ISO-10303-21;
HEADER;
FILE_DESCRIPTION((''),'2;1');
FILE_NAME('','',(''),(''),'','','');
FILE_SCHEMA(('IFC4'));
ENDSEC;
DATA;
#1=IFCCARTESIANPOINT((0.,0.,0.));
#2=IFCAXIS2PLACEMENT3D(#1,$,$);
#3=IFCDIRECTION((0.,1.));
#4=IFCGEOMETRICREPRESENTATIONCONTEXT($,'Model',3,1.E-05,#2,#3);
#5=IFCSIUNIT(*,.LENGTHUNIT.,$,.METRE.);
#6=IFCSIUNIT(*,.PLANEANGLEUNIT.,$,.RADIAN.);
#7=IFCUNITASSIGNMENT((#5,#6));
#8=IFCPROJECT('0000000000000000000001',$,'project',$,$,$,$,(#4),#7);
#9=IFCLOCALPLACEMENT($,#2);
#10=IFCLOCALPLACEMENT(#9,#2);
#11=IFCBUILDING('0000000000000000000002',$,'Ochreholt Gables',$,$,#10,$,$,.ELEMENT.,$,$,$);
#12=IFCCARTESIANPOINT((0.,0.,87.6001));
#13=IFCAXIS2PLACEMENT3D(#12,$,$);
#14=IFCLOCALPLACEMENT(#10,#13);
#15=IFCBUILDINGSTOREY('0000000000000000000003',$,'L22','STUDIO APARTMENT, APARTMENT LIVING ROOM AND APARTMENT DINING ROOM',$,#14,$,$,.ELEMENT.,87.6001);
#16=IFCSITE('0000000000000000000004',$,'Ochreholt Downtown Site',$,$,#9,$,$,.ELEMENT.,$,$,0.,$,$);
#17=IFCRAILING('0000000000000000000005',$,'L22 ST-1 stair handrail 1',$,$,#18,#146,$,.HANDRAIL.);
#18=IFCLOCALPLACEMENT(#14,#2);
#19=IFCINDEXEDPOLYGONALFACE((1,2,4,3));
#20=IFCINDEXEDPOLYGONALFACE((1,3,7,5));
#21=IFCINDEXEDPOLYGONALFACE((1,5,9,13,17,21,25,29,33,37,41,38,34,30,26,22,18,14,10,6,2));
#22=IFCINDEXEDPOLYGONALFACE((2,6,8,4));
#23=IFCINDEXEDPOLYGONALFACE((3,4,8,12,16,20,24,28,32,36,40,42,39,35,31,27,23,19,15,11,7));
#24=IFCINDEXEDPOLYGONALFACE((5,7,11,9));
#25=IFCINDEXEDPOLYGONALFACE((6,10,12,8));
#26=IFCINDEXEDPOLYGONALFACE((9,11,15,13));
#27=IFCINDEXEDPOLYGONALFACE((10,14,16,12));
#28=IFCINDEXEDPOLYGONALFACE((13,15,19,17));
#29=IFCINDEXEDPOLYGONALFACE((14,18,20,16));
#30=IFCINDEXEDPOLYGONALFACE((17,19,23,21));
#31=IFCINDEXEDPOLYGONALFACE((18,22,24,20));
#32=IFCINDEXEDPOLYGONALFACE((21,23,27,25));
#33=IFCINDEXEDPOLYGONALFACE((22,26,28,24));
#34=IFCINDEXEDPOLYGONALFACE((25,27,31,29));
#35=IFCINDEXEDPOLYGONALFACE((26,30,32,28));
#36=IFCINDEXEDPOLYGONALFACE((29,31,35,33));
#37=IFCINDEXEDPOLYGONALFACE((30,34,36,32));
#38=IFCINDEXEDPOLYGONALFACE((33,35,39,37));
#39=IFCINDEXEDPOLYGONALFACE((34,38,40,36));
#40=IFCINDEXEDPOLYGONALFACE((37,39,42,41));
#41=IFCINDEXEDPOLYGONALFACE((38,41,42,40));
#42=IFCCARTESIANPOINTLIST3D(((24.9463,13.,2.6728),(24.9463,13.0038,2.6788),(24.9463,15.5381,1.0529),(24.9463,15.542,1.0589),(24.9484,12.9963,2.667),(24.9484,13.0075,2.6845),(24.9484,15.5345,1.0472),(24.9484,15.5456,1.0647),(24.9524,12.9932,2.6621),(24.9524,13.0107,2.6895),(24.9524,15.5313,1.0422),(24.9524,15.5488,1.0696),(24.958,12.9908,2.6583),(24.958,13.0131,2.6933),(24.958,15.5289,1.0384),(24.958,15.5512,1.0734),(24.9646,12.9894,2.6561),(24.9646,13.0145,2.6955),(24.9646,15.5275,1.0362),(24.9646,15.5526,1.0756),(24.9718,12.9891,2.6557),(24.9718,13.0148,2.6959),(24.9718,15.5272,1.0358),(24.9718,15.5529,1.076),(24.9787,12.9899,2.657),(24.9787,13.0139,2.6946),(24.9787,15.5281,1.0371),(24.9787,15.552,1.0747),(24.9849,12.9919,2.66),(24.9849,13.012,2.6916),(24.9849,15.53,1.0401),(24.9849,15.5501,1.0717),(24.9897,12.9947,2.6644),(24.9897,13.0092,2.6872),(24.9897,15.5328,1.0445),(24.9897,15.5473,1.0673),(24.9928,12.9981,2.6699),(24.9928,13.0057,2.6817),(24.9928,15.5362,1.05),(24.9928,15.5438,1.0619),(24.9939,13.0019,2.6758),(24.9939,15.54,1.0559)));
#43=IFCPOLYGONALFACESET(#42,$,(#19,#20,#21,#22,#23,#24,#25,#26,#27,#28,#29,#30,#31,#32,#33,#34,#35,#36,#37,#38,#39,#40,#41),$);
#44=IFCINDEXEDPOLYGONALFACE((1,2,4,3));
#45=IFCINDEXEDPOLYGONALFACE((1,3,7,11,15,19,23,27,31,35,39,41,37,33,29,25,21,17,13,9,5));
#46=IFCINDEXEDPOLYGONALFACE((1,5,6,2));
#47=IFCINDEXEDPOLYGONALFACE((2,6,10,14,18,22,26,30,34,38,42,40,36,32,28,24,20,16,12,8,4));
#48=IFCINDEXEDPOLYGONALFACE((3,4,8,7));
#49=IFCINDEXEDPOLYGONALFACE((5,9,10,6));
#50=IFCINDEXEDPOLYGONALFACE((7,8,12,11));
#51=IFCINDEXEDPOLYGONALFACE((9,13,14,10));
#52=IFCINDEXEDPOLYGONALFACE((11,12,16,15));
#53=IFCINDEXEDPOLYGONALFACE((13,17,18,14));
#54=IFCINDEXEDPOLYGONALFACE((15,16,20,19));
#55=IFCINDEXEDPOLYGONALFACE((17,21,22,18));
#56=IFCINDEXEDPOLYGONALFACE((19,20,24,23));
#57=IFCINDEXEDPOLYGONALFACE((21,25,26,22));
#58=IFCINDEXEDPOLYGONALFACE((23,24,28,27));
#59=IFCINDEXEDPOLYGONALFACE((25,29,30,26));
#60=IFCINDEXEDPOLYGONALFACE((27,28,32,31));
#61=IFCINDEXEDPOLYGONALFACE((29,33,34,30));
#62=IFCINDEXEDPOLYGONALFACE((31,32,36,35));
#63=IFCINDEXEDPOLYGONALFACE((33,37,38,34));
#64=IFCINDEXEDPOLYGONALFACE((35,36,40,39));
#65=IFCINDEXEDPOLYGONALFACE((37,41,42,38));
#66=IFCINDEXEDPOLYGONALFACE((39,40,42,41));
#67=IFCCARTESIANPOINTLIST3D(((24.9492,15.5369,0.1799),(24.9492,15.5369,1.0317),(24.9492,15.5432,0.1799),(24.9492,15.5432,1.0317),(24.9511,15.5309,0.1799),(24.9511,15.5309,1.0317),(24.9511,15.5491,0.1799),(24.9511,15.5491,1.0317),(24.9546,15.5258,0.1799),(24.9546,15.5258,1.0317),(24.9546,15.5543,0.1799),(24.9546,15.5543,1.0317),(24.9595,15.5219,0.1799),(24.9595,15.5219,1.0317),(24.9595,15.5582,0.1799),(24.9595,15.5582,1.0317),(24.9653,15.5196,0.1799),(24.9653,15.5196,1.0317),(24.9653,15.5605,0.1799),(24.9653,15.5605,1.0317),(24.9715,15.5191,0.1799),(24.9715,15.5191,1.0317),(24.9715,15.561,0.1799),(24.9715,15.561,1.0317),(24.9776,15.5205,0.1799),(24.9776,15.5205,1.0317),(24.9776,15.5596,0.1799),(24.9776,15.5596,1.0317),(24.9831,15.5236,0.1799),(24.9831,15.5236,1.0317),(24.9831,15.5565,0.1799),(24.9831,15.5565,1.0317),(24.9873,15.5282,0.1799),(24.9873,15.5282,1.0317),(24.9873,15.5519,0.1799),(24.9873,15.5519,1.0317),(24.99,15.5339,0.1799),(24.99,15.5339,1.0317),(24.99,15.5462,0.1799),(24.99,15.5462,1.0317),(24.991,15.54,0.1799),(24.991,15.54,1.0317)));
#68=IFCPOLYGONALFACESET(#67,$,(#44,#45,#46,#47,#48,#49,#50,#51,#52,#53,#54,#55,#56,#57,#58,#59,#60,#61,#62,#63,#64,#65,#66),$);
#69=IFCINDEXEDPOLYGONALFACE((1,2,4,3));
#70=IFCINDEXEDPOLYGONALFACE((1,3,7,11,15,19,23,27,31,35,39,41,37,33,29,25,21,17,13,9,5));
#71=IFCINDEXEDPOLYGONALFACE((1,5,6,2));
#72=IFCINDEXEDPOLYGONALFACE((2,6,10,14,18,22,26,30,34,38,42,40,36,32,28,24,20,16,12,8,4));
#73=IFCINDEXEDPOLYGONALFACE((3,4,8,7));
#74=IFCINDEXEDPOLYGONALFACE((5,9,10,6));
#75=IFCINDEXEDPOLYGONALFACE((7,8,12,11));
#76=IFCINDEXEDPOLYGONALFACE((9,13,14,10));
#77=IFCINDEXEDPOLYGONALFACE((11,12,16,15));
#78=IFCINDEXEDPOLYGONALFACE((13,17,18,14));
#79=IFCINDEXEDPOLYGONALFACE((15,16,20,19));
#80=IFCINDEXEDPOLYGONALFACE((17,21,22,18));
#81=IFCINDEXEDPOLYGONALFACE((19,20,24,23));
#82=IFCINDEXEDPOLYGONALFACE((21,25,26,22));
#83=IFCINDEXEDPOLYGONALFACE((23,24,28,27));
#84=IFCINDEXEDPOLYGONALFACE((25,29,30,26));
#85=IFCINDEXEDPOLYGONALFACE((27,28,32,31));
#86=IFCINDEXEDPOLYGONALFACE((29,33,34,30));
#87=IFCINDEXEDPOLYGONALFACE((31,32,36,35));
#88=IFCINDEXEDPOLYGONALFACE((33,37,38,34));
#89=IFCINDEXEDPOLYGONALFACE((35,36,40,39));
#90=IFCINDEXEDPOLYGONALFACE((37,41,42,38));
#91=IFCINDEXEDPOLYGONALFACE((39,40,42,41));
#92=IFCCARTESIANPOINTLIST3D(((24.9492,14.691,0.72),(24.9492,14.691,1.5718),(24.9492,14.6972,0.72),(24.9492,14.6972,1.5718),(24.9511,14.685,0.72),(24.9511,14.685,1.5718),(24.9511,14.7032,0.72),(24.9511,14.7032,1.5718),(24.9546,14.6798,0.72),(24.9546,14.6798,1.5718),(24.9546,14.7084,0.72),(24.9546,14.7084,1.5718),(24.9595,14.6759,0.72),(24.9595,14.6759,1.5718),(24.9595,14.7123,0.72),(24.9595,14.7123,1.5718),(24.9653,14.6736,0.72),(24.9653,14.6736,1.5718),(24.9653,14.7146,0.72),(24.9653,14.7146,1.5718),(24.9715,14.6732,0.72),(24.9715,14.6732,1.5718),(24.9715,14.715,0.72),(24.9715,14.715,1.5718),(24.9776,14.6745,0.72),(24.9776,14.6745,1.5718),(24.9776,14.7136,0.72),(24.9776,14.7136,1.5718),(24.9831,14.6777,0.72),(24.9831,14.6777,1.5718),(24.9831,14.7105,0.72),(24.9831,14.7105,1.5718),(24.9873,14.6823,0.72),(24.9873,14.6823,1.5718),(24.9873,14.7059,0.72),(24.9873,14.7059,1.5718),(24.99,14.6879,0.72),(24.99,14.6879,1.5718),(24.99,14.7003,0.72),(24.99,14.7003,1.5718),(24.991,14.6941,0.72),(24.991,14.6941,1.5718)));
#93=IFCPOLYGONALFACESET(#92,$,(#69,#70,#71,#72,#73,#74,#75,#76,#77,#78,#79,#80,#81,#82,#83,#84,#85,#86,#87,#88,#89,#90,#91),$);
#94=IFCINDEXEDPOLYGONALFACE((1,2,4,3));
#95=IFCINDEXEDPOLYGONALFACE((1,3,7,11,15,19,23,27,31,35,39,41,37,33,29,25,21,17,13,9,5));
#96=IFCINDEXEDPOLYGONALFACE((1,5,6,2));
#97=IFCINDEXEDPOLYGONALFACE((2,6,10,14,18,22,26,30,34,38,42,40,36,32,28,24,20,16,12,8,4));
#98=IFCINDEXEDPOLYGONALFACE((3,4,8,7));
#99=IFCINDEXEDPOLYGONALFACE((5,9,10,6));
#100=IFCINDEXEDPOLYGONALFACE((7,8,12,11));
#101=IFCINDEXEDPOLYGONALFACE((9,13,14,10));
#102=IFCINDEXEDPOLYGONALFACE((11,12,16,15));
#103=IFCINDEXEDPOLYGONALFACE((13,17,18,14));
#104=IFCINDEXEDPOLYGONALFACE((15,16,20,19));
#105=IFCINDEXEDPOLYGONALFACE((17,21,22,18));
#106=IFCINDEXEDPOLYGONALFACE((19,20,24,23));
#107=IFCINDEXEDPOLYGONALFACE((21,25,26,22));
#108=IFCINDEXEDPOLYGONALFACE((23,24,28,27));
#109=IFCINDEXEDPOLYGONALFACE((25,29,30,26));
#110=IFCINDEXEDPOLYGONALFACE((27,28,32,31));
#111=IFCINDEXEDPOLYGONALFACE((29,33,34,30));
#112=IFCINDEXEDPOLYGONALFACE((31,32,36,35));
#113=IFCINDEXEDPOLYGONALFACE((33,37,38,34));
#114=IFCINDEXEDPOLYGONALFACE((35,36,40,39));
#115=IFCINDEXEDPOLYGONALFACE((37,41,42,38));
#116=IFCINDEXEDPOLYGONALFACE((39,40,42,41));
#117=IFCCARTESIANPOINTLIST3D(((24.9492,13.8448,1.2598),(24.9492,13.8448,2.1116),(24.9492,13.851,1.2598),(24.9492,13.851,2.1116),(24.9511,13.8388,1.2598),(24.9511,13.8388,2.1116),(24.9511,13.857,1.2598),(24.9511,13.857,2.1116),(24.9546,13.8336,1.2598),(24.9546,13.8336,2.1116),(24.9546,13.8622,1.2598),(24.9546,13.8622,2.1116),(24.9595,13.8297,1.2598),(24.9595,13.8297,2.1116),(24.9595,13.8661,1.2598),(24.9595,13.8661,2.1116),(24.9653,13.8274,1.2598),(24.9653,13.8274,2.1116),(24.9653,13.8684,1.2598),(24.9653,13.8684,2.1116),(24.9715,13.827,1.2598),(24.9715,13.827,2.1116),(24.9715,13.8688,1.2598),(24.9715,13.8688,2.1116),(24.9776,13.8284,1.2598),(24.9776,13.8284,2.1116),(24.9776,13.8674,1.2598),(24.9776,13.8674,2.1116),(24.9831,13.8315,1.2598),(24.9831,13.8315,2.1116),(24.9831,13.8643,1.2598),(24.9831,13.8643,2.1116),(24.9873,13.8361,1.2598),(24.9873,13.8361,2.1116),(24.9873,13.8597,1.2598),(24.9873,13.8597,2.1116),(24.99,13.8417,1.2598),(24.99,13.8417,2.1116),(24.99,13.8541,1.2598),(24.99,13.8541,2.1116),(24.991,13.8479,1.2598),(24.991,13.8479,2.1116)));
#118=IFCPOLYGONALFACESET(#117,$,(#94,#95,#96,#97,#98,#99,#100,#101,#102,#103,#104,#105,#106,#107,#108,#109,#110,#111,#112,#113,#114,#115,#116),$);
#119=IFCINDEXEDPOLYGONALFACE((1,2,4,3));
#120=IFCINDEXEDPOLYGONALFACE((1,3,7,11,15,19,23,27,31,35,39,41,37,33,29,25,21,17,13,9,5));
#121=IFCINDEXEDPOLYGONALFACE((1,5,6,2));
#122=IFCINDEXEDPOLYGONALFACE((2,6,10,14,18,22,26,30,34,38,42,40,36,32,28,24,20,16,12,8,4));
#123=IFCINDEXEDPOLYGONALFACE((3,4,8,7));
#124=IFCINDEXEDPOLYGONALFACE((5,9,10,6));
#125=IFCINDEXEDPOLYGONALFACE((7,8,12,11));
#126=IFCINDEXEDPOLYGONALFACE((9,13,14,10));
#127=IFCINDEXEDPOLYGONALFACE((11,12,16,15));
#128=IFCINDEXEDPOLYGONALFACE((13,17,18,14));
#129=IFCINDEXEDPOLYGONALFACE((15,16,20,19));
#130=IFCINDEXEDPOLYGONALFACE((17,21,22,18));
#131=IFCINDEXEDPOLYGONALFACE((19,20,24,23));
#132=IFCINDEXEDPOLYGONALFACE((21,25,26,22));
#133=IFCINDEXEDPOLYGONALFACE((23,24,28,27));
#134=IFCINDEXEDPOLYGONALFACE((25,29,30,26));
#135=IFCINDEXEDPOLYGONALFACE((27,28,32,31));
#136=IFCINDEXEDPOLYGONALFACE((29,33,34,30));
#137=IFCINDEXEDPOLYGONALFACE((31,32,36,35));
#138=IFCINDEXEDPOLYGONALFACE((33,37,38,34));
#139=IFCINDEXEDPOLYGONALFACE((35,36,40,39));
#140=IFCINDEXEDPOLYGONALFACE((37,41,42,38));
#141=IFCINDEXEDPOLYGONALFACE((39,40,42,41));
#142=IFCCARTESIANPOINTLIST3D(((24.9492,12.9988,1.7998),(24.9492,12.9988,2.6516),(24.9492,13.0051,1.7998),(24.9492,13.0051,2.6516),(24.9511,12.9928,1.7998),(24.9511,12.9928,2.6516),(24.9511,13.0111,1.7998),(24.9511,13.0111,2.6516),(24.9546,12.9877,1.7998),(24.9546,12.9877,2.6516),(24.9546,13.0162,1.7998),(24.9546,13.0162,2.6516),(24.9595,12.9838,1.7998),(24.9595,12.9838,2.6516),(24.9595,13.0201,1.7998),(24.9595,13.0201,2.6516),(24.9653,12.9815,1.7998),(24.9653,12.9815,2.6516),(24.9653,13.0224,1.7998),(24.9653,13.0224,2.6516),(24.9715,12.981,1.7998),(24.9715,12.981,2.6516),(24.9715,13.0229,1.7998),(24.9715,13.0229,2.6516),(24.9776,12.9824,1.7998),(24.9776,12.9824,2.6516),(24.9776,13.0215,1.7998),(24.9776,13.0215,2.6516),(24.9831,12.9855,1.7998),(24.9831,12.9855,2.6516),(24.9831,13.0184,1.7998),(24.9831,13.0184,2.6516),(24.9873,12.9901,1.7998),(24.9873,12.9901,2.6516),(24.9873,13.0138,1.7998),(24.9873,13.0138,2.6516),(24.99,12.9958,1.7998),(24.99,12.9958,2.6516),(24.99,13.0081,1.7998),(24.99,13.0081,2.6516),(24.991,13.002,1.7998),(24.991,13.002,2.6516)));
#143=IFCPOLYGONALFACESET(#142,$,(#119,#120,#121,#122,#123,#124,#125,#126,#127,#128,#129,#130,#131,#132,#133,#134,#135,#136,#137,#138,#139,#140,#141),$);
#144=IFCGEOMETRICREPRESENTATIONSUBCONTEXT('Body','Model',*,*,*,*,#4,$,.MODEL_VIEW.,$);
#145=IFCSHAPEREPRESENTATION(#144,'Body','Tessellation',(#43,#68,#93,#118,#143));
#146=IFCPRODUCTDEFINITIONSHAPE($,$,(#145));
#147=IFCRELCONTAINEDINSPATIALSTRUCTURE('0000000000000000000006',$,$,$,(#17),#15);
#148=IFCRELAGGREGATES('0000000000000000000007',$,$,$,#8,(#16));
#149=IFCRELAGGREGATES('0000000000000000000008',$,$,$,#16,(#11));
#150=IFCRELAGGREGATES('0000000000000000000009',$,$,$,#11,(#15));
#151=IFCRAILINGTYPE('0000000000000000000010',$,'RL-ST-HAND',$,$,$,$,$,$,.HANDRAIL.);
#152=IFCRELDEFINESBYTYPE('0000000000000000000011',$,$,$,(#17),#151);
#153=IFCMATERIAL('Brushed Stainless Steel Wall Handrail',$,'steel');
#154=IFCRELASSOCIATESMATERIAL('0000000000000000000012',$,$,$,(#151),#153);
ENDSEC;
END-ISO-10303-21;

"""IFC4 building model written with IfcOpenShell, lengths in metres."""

from ifc_helpers import new_model, si_unit, direction, frame, origin, origin_2d, place, context, subcontext, project, spatial, circle, extrude, material, type_object, element, save


model = new_model("IFC4")

# Units and contexts
model_context = context("Model", 3, precision=1e-05, world=origin(), true_north=direction((0.0, 1.0)))
body_context = subcontext(model_context, "Body", "Model", "MODEL_VIEW")
ifc_project = project(units=[si_unit("LENGTHUNIT", "METRE"), si_unit("PLANEANGLEUNIT", "RADIAN")], contexts=[model_context])

# Site, building, storey
site_placement = place(None, origin())
site = spatial("IfcSite", under=ifc_project, at=site_placement, Name="Ochreholt Downtown Site", CompositionType="ELEMENT", RefElevation=0.0)
building_placement = place(site_placement, origin())
building = spatial("IfcBuilding", under=site, at=building_placement, Name="Ochreholt Gables", CompositionType="ELEMENT")
storey_placement = place(building_placement, frame((0.0, 0.0, 87.6001)))
storey = spatial("IfcBuildingStorey", under=building, at=storey_placement, Name="L22", Description="STUDIO APARTMENT, APARTMENT LIVING ROOM AND APARTMENT DINING ROOM", CompositionType="ELEMENT", Elevation=87.6001)

# Railing
ifc_material_1 = material(Name="Brushed Stainless Steel Wall Handrail", Category="steel")
railing_type_1 = type_object("IfcRailingType", Name="RL-ST-HAND", PredefinedType="HANDRAIL", material=ifc_material_1)
railing_1_placement = place(storey_placement, frame((24.97, 15.54, 0.1799)))
element("IfcRailing", 1, at=railing_1_placement, inside=storey, type_object=railing_type_1, Name="L22 ST-1 stair handrail 1", PredefinedType="HANDRAIL", context=body_context, shape_type="SweptSolid", body=[
    extrude(circle(Radius=0.0239, at=origin_2d()), frame((0.0, 0.0, 0.876), z_axis=(0.0, -0.84295, 0.537993), x_axis=(1.0, 0.0, 0.0)), (0.0, 0.0, 1.0), 3.011),
    extrude(circle(Radius=0.021, at=origin_2d()), origin(), (0.0, 0.0, 1.0), 0.8518),
    extrude(circle(Radius=0.021, at=origin_2d()), frame((0.0, -0.8459, 0.54)), (0.0, 0.0, 1.0), 0.8518),
    extrude(circle(Radius=0.021, at=origin_2d()), frame((0.0, -1.6921, 1.0798)), (0.0, 0.0, 1.0), 0.8518),
    extrude(circle(Radius=0.021, at=origin_2d()), frame((0.0, -2.5381, 1.6199)), (0.0, 0.0, 1.0), 0.8518),
])

save(model, "model.ifc")
